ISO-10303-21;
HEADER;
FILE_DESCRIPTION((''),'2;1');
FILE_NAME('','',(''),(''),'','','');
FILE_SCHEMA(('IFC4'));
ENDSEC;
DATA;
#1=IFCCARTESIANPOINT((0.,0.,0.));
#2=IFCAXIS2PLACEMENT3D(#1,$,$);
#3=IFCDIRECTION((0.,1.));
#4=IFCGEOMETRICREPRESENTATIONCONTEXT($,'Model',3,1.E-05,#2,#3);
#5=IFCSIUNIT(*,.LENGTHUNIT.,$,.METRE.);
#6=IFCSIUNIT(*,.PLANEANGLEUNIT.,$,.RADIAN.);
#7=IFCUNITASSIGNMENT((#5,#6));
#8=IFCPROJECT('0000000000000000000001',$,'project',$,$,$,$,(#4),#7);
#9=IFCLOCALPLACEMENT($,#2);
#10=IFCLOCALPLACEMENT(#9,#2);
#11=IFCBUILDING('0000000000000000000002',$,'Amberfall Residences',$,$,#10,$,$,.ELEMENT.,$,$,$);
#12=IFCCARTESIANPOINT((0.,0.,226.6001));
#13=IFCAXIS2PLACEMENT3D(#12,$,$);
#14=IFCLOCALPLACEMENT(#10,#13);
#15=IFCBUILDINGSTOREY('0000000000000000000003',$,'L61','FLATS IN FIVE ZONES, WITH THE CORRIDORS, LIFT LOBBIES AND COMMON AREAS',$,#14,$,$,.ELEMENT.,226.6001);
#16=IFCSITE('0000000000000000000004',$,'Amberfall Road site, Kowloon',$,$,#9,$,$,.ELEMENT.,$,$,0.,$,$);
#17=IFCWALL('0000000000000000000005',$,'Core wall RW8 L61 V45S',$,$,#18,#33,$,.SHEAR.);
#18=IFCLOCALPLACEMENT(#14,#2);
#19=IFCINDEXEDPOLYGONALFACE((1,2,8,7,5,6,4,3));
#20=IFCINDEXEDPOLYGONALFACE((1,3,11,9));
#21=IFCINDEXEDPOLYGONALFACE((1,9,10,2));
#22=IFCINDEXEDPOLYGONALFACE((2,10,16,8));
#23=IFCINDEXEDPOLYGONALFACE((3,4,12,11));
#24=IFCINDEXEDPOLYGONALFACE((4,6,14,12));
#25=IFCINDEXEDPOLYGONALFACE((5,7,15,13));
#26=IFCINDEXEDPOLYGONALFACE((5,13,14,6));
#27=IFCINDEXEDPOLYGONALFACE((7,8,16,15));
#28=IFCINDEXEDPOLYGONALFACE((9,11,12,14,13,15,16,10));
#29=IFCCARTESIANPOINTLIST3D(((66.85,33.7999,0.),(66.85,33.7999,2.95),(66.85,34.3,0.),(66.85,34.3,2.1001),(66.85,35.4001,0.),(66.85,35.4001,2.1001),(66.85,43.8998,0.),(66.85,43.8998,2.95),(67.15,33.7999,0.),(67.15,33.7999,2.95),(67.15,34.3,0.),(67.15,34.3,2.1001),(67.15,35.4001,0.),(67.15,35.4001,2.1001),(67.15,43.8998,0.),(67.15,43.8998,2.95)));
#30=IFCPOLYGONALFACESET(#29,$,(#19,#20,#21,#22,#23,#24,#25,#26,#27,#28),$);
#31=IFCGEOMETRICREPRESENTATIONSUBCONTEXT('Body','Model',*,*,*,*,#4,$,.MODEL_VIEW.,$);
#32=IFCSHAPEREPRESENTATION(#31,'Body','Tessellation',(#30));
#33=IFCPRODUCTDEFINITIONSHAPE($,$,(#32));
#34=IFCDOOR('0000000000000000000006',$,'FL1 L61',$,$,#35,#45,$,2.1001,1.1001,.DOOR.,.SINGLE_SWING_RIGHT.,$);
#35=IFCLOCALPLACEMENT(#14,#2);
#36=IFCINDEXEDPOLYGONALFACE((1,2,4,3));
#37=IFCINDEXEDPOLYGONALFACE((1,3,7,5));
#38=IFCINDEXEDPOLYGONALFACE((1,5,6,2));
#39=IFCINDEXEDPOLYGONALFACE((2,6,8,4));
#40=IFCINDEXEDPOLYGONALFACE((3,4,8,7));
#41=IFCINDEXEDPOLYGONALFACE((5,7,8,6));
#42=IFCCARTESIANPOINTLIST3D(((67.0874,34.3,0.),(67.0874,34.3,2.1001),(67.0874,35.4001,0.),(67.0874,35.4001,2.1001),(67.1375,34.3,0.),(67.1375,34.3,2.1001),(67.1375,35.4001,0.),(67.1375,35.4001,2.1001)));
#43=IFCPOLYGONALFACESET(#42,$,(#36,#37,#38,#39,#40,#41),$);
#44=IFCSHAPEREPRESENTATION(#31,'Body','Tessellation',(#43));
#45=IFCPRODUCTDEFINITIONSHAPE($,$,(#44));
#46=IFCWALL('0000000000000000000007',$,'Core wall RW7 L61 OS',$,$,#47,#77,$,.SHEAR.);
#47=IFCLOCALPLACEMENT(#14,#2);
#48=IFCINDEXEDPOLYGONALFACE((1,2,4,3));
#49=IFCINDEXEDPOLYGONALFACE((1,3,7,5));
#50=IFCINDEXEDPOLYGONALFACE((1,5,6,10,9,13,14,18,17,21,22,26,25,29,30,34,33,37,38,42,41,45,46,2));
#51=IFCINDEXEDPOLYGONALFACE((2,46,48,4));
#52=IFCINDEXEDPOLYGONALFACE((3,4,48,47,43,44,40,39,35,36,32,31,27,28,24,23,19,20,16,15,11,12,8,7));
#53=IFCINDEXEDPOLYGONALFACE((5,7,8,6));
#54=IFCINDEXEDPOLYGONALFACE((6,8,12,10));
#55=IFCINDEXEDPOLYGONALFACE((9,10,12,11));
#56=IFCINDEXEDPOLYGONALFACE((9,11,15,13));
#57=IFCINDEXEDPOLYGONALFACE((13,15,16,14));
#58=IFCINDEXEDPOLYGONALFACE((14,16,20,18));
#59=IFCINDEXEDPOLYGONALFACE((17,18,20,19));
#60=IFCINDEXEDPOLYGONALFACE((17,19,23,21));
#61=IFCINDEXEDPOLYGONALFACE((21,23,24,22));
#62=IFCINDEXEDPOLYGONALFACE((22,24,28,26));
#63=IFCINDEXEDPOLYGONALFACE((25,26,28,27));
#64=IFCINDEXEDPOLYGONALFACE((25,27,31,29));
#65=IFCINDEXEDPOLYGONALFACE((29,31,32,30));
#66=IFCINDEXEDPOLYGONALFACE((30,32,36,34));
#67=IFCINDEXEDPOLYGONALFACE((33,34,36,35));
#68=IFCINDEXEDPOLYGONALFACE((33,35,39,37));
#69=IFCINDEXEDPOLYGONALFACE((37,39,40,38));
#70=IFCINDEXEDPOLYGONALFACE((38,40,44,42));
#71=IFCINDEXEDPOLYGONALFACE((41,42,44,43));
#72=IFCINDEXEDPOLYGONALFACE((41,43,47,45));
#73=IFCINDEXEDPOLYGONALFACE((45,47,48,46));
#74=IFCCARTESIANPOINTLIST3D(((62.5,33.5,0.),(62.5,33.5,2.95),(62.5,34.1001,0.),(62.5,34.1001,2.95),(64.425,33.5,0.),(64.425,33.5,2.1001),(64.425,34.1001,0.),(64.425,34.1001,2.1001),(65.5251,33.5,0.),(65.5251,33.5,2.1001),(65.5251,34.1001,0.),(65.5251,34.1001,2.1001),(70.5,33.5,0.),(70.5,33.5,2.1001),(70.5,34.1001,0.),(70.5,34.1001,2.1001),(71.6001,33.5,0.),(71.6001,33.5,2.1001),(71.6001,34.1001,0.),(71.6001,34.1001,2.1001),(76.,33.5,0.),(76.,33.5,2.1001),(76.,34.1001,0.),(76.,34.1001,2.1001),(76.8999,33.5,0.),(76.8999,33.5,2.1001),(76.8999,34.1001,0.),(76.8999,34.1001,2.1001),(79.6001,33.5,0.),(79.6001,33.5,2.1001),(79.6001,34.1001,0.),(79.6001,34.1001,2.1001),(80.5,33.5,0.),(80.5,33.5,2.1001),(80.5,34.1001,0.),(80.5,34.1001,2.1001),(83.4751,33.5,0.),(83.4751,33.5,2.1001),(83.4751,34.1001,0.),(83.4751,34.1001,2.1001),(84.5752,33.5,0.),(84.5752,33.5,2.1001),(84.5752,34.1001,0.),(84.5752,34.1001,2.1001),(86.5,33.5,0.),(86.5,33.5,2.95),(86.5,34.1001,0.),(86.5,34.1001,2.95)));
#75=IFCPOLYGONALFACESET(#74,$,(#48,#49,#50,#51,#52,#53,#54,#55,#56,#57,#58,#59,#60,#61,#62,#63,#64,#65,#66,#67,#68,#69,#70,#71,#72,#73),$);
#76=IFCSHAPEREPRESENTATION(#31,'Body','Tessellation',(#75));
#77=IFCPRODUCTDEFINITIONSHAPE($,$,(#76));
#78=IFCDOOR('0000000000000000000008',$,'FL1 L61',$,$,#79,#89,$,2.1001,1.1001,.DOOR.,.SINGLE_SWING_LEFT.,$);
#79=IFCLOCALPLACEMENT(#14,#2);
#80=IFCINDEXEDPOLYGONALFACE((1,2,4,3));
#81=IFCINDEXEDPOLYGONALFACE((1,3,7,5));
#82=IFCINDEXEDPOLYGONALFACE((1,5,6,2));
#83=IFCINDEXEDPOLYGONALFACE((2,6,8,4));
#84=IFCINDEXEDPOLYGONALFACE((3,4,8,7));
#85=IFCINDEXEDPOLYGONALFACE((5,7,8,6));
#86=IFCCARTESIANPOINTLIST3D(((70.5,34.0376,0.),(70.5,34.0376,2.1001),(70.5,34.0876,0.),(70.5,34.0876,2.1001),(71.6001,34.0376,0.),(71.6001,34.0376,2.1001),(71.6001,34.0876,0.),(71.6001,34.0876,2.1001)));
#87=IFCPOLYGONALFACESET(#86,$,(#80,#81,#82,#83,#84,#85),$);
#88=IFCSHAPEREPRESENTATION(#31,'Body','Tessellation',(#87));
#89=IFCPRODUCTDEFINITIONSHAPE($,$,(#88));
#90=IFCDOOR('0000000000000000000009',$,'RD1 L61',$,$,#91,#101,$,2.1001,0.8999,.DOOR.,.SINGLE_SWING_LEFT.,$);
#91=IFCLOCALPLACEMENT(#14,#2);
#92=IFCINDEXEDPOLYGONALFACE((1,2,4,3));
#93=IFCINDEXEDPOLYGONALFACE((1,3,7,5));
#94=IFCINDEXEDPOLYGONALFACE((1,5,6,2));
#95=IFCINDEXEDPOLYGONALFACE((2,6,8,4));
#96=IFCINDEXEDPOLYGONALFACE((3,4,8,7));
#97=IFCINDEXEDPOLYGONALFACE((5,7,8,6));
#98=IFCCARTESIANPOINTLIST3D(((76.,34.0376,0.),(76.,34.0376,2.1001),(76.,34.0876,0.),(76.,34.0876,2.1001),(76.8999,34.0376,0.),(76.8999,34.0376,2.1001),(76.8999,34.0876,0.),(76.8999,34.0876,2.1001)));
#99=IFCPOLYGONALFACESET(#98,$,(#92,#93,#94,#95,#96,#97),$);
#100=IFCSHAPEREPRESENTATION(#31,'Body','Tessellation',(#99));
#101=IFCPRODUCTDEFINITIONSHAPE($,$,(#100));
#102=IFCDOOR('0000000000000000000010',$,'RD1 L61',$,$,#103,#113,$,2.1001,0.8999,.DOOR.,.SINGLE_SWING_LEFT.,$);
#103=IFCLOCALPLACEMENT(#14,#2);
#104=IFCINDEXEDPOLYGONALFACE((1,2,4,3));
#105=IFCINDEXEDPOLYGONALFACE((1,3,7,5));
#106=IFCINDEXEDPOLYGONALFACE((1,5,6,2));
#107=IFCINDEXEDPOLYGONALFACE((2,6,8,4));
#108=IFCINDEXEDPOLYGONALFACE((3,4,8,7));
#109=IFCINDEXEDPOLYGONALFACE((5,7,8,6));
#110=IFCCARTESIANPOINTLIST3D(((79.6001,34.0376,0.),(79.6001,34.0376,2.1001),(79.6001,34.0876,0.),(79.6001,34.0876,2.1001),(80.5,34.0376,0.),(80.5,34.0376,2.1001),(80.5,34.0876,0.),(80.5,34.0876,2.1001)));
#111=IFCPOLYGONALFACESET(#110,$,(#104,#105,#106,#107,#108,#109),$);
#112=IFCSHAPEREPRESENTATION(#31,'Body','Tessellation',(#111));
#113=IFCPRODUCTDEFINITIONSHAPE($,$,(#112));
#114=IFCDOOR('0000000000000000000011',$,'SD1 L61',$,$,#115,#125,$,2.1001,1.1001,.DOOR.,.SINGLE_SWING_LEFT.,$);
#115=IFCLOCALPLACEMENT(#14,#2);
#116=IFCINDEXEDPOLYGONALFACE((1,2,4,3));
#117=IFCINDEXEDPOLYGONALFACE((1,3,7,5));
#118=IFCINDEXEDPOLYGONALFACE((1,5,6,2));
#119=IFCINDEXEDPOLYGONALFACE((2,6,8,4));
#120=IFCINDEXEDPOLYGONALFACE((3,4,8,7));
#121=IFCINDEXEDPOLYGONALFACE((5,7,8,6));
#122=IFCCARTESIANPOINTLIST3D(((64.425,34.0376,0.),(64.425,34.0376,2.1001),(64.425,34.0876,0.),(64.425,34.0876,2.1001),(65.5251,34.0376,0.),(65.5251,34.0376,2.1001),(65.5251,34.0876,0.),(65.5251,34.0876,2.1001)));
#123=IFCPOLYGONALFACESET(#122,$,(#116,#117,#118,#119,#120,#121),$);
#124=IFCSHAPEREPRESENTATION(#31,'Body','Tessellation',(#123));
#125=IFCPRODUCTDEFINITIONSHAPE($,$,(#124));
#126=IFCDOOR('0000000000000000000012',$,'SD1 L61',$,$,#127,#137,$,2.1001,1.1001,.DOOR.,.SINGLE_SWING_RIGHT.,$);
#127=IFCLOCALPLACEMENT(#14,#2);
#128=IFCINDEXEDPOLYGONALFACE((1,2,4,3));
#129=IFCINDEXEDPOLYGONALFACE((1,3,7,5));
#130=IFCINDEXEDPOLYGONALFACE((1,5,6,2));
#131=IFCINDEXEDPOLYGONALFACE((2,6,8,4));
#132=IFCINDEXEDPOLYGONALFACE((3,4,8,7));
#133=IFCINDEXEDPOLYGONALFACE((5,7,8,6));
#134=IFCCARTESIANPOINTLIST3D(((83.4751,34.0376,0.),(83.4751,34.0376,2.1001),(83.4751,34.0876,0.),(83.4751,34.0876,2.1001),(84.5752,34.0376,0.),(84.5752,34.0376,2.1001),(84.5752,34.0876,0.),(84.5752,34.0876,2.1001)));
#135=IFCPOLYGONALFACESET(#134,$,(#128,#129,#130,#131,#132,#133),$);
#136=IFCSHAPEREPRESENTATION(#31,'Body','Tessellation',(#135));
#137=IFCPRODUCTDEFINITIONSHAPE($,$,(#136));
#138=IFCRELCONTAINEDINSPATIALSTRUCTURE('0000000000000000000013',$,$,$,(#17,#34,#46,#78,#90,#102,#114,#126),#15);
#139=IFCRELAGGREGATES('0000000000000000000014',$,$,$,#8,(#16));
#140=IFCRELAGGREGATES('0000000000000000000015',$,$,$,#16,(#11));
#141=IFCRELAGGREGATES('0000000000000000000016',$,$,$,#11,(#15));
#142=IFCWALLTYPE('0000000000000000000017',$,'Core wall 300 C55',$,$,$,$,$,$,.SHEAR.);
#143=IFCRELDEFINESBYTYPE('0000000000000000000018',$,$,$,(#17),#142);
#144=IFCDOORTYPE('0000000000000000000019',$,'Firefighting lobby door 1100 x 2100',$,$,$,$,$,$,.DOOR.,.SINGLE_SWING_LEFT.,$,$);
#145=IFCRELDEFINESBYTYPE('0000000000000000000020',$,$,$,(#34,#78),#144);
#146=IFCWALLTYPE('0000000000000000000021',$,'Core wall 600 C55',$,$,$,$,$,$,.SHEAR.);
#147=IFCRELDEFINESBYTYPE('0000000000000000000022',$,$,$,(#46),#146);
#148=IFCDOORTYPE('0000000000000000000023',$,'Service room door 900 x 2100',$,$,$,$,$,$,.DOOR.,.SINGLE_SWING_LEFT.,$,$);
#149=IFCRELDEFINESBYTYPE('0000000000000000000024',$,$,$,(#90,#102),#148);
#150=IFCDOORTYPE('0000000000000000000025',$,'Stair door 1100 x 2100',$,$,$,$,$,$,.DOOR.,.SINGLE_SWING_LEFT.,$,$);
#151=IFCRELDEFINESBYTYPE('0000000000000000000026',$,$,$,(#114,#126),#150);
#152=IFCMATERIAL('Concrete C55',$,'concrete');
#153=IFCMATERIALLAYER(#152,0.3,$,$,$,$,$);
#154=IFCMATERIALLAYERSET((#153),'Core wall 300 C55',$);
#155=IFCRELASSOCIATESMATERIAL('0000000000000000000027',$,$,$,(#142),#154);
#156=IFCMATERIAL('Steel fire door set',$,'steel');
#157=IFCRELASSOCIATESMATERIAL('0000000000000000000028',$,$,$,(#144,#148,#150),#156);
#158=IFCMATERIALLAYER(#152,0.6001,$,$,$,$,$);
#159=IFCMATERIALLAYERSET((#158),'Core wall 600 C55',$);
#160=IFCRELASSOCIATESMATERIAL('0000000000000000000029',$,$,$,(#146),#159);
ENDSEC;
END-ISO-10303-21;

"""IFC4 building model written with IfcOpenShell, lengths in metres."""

from ifc_helpers import new_model, si_unit, direction, frame, frame_2d, origin, place, context, subcontext, project, spatial, rectangle, extrude, material, layer, layer_set, type_object, element, fill, save


model = new_model("IFC4")

# Units and contexts
model_context = context("Model", 3, precision=1e-05, world=origin(), true_north=direction((0.0, 1.0)))
body_context = subcontext(model_context, "Body", "Model", "MODEL_VIEW")
ifc_project = project(units=[si_unit("LENGTHUNIT", "METRE"), si_unit("PLANEANGLEUNIT", "RADIAN")], contexts=[model_context])

# Site, building, storey
site_placement = place(None, origin())
site = spatial("IfcSite", under=ifc_project, at=site_placement, Name="Amberfall Road site, Kowloon", CompositionType="ELEMENT", RefElevation=0.0)
building_placement = place(site_placement, origin())
building = spatial("IfcBuilding", under=site, at=building_placement, Name="Amberfall Residences", CompositionType="ELEMENT")
storey_placement = place(building_placement, frame((0.0, 0.0, 226.6001)))
storey = spatial("IfcBuildingStorey", under=building, at=storey_placement, Name="L61", Description="FLATS IN FIVE ZONES, WITH THE CORRIDORS, LIFT LOBBIES AND COMMON AREAS", CompositionType="ELEMENT", Elevation=226.6001)

# Wall, opening, door
ifc_material_1 = material(Name="Concrete C55", Category="concrete")
ifc_layer_1 = layer(ifc_material_1, 0.3)
ifc_layer_set_1 = layer_set([ifc_layer_1], Name="Core wall 300 C55")
wall_type_1 = type_object("IfcWallType", Name="Core wall 300 C55", PredefinedType="SHEAR", material=ifc_layer_set_1)
wall_1_placement = place(storey_placement, frame((67.0, 33.8, 0.0), z_axis=(0.0, 0.0, 1.0), x_axis=(0.0, 1.0, 0.0)))
wall_1 = element("IfcWall", 1, at=wall_1_placement, inside=storey, type_object=wall_type_1, Name="Core wall RW8 L61 V45S", PredefinedType="SHEAR", context=body_context, shape_type="SweptSolid", body=[
    extrude(rectangle(XDim=10.0999, YDim=0.3, at=frame_2d((5.0498, 0.0))), origin(), (0.0, 0.0, 1.0), 2.95),
])
opening_1_placement = place(wall_1_placement, frame((0.5, 0.0, 0.0)))
opening_1 = element("IfcOpeningElement", 2, at=opening_1_placement, cuts=wall_1, PredefinedType="OPENING", context=body_context, shape_type="SweptSolid", body=[
    extrude(rectangle(XDim=1.1001, YDim=2.1001, at=frame_2d((0.55, 1.05))), frame((0.0, 0.1599, 0.0), z_axis=(0.0, -1.0, 0.0), x_axis=(1.0, 0.0, 0.0)), (0.0, 0.0, 1.0), 0.3201),
])
ifc_material_2 = material(Name="Steel fire door set", Category="steel")
door_type_1 = type_object("IfcDoorType", Name="Firefighting lobby door 1100 x 2100", OperationType="SINGLE_SWING_LEFT", PredefinedType="DOOR", material=ifc_material_2)
door_1_placement = place(opening_1_placement, origin())
door_1 = element("IfcDoor", 3, at=door_1_placement, inside=storey, type_object=door_type_1, Name="FL1 L61", OperationType="SINGLE_SWING_RIGHT", OverallHeight=2.1001, OverallWidth=1.1001, PredefinedType="DOOR", context=body_context, shape_type="SweptSolid", body=[
    extrude(rectangle(XDim=1.1001, YDim=2.1001, at=frame_2d((0.55, 1.05))), frame((0.0, -0.0874, 0.0), z_axis=(0.0, -1.0, 0.0), x_axis=(1.0, 0.0, 0.0)), (0.0, 0.0, 1.0), 0.05),
])
fill(opening_1, door_1)

# Wall, openings, doors
ifc_layer_2 = layer(ifc_material_1, 0.6001)
ifc_layer_set_2 = layer_set([ifc_layer_2], Name="Core wall 600 C55")
wall_type_2 = type_object("IfcWallType", Name="Core wall 600 C55", PredefinedType="SHEAR", material=ifc_layer_set_2)
wall_2_placement = place(storey_placement, frame((62.5, 33.8, 0.0), z_axis=(0.0, 0.0, 1.0), x_axis=(1.0, 0.0, 0.0)))
wall_2 = element("IfcWall", 4, at=wall_2_placement, inside=storey, type_object=wall_type_2, Name="Core wall RW7 L61 OS", PredefinedType="SHEAR", context=body_context, shape_type="SweptSolid", body=[
    extrude(rectangle(XDim=24.0, YDim=0.6001, at=frame_2d((12.0, 0.0))), origin(), (0.0, 0.0, 1.0), 2.95),
])
opening_2_placement = place(wall_2_placement, frame((1.925, 0.0, 0.0)))
opening_2 = element("IfcOpeningElement", 5, at=opening_2_placement, cuts=wall_2, PredefinedType="OPENING", context=body_context, shape_type="SweptSolid", body=[
    extrude(rectangle(XDim=1.1001, YDim=2.1001, at=frame_2d((0.55, 1.05))), frame((0.0, 0.3101, 0.0), z_axis=(0.0, -1.0, 0.0), x_axis=(1.0, 0.0, 0.0)), (0.0, 0.0, 1.0), 0.6201),
])
opening_3_placement = place(wall_2_placement, frame((20.9751, 0.0, 0.0)))
opening_3 = element("IfcOpeningElement", 6, at=opening_3_placement, cuts=wall_2, PredefinedType="OPENING", context=body_context, shape_type="SweptSolid", body=[
    extrude(rectangle(XDim=1.1001, YDim=2.1001, at=frame_2d((0.55, 1.05))), frame((0.0, 0.3101, 0.0), z_axis=(0.0, -1.0, 0.0), x_axis=(1.0, 0.0, 0.0)), (0.0, 0.0, 1.0), 0.6201),
])
opening_4_placement = place(wall_2_placement, frame((8.0, 0.0, 0.0)))
opening_4 = element("IfcOpeningElement", 7, at=opening_4_placement, cuts=wall_2, PredefinedType="OPENING", context=body_context, shape_type="SweptSolid", body=[
    extrude(rectangle(XDim=1.1001, YDim=2.1001, at=frame_2d((0.55, 1.05))), frame((0.0, 0.3101, 0.0), z_axis=(0.0, -1.0, 0.0), x_axis=(1.0, 0.0, 0.0)), (0.0, 0.0, 1.0), 0.6201),
])
opening_5_placement = place(wall_2_placement, frame((13.5, 0.0, 0.0)))
opening_5 = element("IfcOpeningElement", 8, at=opening_5_placement, cuts=wall_2, PredefinedType="OPENING", context=body_context, shape_type="SweptSolid", body=[
    extrude(rectangle(XDim=0.8999, YDim=2.1001, at=frame_2d((0.45, 1.05))), frame((0.0, 0.3101, 0.0), z_axis=(0.0, -1.0, 0.0), x_axis=(1.0, 0.0, 0.0)), (0.0, 0.0, 1.0), 0.6201),
])
opening_6_placement = place(wall_2_placement, frame((17.1001, 0.0, 0.0)))
opening_6 = element("IfcOpeningElement", 9, at=opening_6_placement, cuts=wall_2, PredefinedType="OPENING", context=body_context, shape_type="SweptSolid", body=[
    extrude(rectangle(XDim=0.8999, YDim=2.1001, at=frame_2d((0.45, 1.05))), frame((0.0, 0.3101, 0.0), z_axis=(0.0, -1.0, 0.0), x_axis=(1.0, 0.0, 0.0)), (0.0, 0.0, 1.0), 0.6201),
])
door_2_placement = place(opening_4_placement, origin())
door_2 = element("IfcDoor", 10, at=door_2_placement, inside=storey, type_object=door_type_1, Name="FL1 L61", OperationType="SINGLE_SWING_LEFT", OverallHeight=2.1001, OverallWidth=1.1001, PredefinedType="DOOR", context=body_context, shape_type="SweptSolid", body=[
    extrude(rectangle(XDim=1.1001, YDim=2.1001, at=frame_2d((0.55, 1.05))), frame((0.0, 0.2876, 0.0), z_axis=(0.0, -1.0, 0.0), x_axis=(1.0, 0.0, 0.0)), (0.0, 0.0, 1.0), 0.05),
])
fill(opening_4, door_2)
door_type_2 = type_object("IfcDoorType", Name="Service room door 900 x 2100", OperationType="SINGLE_SWING_LEFT", PredefinedType="DOOR", material=ifc_material_2)
door_3_placement = place(opening_5_placement, origin())
door_3 = element("IfcDoor", 11, at=door_3_placement, inside=storey, type_object=door_type_2, Name="RD1 L61", OperationType="SINGLE_SWING_LEFT", OverallHeight=2.1001, OverallWidth=0.8999, PredefinedType="DOOR", context=body_context, shape_type="SweptSolid", body=[
    extrude(rectangle(XDim=0.8999, YDim=2.1001, at=frame_2d((0.45, 1.05))), frame((0.0, 0.2876, 0.0), z_axis=(0.0, -1.0, 0.0), x_axis=(1.0, 0.0, 0.0)), (0.0, 0.0, 1.0), 0.05),
])
fill(opening_5, door_3)
door_4_placement = place(opening_6_placement, origin())
door_4 = element("IfcDoor", 12, at=door_4_placement, inside=storey, type_object=door_type_2, Name="RD1 L61", OperationType="SINGLE_SWING_LEFT", OverallHeight=2.1001, OverallWidth=0.8999, PredefinedType="DOOR", context=body_context, shape_type="SweptSolid", body=[
    extrude(rectangle(XDim=0.8999, YDim=2.1001, at=frame_2d((0.45, 1.05))), frame((0.0, 0.2876, 0.0), z_axis=(0.0, -1.0, 0.0), x_axis=(1.0, 0.0, 0.0)), (0.0, 0.0, 1.0), 0.05),
])
fill(opening_6, door_4)
door_type_3 = type_object("IfcDoorType", Name="Stair door 1100 x 2100", OperationType="SINGLE_SWING_LEFT", PredefinedType="DOOR", material=ifc_material_2)
door_5_placement = place(opening_2_placement, origin())
door_5 = element("IfcDoor", 13, at=door_5_placement, inside=storey, type_object=door_type_3, Name="SD1 L61", OperationType="SINGLE_SWING_LEFT", OverallHeight=2.1001, OverallWidth=1.1001, PredefinedType="DOOR", context=body_context, shape_type="SweptSolid", body=[
    extrude(rectangle(XDim=1.1001, YDim=2.1001, at=frame_2d((0.55, 1.05))), frame((0.0, 0.2876, 0.0), z_axis=(0.0, -1.0, 0.0), x_axis=(1.0, 0.0, 0.0)), (0.0, 0.0, 1.0), 0.05),
])
fill(opening_2, door_5)
door_6_placement = place(opening_3_placement, origin())
door_6 = element("IfcDoor", 14, at=door_6_placement, inside=storey, type_object=door_type_3, Name="SD1 L61", OperationType="SINGLE_SWING_RIGHT", OverallHeight=2.1001, OverallWidth=1.1001, PredefinedType="DOOR", context=body_context, shape_type="SweptSolid", body=[
    extrude(rectangle(XDim=1.1001, YDim=2.1001, at=frame_2d((0.55, 1.05))), frame((0.0, 0.2876, 0.0), z_axis=(0.0, -1.0, 0.0), x_axis=(1.0, 0.0, 0.0)), (0.0, 0.0, 1.0), 0.05),
])
fill(opening_3, door_6)

save(model, "model.ifc")
